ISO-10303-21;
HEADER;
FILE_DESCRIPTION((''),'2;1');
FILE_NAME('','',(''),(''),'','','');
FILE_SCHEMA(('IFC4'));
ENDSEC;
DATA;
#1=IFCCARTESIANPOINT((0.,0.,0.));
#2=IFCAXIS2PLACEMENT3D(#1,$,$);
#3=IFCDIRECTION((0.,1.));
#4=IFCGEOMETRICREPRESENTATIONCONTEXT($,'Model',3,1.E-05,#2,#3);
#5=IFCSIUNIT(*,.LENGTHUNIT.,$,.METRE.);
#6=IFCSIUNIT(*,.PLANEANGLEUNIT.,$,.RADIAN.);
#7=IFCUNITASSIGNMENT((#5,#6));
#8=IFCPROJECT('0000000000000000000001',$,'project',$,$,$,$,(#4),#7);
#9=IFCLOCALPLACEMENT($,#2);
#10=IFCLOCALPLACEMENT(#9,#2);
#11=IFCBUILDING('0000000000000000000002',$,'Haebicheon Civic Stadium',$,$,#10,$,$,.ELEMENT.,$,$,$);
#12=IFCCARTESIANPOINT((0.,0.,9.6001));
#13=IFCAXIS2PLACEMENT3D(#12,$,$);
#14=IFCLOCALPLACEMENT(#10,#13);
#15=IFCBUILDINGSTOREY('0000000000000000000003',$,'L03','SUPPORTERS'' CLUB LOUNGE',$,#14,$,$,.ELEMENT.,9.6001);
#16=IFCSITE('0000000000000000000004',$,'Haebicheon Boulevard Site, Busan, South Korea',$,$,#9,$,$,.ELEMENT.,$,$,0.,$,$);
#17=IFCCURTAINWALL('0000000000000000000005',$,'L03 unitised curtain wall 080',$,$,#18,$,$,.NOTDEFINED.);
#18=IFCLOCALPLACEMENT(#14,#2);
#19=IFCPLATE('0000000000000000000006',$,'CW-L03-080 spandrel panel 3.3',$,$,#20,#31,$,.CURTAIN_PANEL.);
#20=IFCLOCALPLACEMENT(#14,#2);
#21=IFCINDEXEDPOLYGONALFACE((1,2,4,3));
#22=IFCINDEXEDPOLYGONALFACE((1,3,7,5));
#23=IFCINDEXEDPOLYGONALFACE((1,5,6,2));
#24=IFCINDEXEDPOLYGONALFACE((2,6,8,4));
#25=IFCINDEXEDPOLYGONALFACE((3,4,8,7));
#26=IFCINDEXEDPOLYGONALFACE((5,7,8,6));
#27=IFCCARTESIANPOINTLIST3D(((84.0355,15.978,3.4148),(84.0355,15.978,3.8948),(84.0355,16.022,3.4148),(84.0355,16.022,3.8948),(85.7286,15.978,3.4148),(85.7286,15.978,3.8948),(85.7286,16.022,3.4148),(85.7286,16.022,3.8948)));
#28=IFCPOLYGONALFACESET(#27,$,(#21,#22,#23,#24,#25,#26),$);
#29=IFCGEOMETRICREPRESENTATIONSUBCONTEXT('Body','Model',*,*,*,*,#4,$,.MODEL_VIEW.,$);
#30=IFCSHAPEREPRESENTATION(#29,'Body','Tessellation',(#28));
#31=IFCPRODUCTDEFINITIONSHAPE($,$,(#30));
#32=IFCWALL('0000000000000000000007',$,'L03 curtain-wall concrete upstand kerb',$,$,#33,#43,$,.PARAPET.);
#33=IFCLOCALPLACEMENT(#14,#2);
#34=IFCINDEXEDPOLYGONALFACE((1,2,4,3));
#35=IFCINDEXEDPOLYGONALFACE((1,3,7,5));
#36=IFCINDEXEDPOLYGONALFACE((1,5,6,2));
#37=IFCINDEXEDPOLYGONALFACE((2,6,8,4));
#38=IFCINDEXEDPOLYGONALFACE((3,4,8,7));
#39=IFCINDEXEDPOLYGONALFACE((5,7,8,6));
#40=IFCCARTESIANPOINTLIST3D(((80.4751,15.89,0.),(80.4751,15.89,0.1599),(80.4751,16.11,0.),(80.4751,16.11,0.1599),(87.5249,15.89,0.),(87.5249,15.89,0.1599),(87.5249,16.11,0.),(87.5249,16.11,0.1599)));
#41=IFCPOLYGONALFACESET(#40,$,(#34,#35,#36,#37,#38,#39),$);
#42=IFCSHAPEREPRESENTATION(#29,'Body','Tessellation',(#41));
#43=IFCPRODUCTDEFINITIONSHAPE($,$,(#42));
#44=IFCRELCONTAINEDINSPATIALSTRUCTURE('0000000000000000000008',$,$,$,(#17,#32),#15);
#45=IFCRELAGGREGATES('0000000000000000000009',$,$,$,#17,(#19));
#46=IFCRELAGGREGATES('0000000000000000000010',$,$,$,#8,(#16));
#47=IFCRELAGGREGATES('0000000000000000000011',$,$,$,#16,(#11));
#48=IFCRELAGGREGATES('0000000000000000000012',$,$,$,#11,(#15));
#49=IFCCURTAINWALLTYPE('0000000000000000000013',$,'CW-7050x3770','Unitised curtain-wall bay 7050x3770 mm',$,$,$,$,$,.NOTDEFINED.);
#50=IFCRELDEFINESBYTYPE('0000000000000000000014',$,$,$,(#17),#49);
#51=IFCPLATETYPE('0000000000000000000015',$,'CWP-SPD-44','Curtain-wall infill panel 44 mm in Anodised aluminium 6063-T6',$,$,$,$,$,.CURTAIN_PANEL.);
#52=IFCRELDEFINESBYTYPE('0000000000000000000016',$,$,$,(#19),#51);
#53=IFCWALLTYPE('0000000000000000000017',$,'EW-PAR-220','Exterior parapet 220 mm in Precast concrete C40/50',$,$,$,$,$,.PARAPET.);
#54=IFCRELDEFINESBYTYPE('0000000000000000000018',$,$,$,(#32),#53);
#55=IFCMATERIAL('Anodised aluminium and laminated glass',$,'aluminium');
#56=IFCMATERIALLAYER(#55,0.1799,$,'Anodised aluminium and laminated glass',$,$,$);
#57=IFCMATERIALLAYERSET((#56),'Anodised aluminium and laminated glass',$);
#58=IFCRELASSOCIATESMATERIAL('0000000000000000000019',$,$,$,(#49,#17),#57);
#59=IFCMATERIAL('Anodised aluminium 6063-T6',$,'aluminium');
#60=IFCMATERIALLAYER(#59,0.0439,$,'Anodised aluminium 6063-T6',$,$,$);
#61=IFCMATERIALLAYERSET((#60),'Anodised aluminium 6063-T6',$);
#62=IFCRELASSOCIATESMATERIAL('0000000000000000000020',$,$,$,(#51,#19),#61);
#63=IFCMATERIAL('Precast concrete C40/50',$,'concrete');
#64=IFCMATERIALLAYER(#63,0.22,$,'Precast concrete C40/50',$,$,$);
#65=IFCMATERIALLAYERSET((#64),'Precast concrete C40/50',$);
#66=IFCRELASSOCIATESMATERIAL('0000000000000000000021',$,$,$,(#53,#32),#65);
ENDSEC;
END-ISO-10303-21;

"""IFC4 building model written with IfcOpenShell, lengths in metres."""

from ifc_helpers import new_model, si_unit, direction, frame, frame_2d, origin, origin_2d, place, context, subcontext, project, spatial, rectangle, extrude, material, layer, layer_set, type_object, element, aggregate, save


model = new_model("IFC4")

# Units and contexts
model_context = context("Model", 3, precision=1e-05, world=origin(), true_north=direction((0.0, 1.0)))
body_context = subcontext(model_context, "Body", "Model", "MODEL_VIEW")
ifc_project = project(units=[si_unit("LENGTHUNIT", "METRE"), si_unit("PLANEANGLEUNIT", "RADIAN")], contexts=[model_context])

# Site, building, storey
site_placement = place(None, origin())
site = spatial("IfcSite", under=ifc_project, at=site_placement, Name="Haebicheon Boulevard Site, Busan, South Korea", CompositionType="ELEMENT", RefElevation=0.0)
building_placement = place(site_placement, origin())
building = spatial("IfcBuilding", under=site, at=building_placement, Name="Haebicheon Civic Stadium", CompositionType="ELEMENT")
storey_placement = place(building_placement, frame((0.0, 0.0, 9.6001)))
storey = spatial("IfcBuildingStorey", under=building, at=storey_placement, Name="L03", Description="SUPPORTERS' CLUB LOUNGE", CompositionType="ELEMENT", Elevation=9.6001)

# Curtain wall, plate
ifc_material_1 = material(Name="Anodised aluminium and laminated glass", Category="aluminium")
ifc_layer_1 = layer(ifc_material_1, 0.1799, Name="Anodised aluminium and laminated glass")
ifc_layer_set_1 = layer_set([ifc_layer_1], Name="Anodised aluminium and laminated glass")
curtain_wall_type = type_object("IfcCurtainWallType", Name="CW-7050x3770", Description="Unitised curtain-wall bay 7050x3770 mm", PredefinedType="NOTDEFINED", material=ifc_layer_set_1)
curtain_wall_placement = place(storey_placement, origin())
curtain_wall = element("IfcCurtainWall", 1, at=curtain_wall_placement, inside=storey, type_object=curtain_wall_type, material=ifc_layer_set_1, Name="L03 unitised curtain wall 080", PredefinedType="NOTDEFINED")
ifc_material_2 = material(Name="Anodised aluminium 6063-T6", Category="aluminium")
ifc_layer_2 = layer(ifc_material_2, 0.0439, Name="Anodised aluminium 6063-T6")
ifc_layer_set_2 = layer_set([ifc_layer_2], Name="Anodised aluminium 6063-T6")
plate_type_1 = type_object("IfcPlateType", Name="CWP-SPD-44", Description="Curtain-wall infill panel 44 mm in Anodised aluminium 6063-T6", PredefinedType="CURTAIN_PANEL", material=ifc_layer_set_2)
plate_1_placement = place(storey_placement, frame((84.8821, 16.0, 3.4148), z_axis=(0.0, 0.0, 1.0), x_axis=(1.0, 0.0, 0.0)))
plate_1 = element("IfcPlate", 2, at=plate_1_placement, type_object=plate_type_1, material=ifc_layer_set_2, Name="CW-L03-080 spandrel panel 3.3", PredefinedType="CURTAIN_PANEL", context=body_context, shape_type="SweptSolid", body=[
    extrude(rectangle(XDim=1.6931, YDim=0.0439, at=origin_2d()), origin(), (0.0, 0.0, 1.0), 0.48),
])
aggregate(curtain_wall, [plate_1])

# Wall
ifc_material_3 = material(Name="Precast concrete C40/50", Category="concrete")
ifc_layer_3 = layer(ifc_material_3, 0.22, Name="Precast concrete C40/50")
ifc_layer_set_3 = layer_set([ifc_layer_3], Name="Precast concrete C40/50")
wall_type = type_object("IfcWallType", Name="EW-PAR-220", Description="Exterior parapet 220 mm in Precast concrete C40/50", PredefinedType="PARAPET", material=ifc_layer_set_3)
wall_placement = place(storey_placement, frame((80.4751, 16.0, 0.0), z_axis=(0.0, 0.0, 1.0), x_axis=(1.0, 0.0, 0.0)))
element("IfcWall", 3, at=wall_placement, inside=storey, type_object=wall_type, material=ifc_layer_set_3, Name="L03 curtain-wall concrete upstand kerb", PredefinedType="PARAPET", context=body_context, shape_type="SweptSolid", body=[
    extrude(rectangle(XDim=7.0498, YDim=0.22, at=frame_2d((3.5249, 0.0))), origin(), (0.0, 0.0, 1.0), 0.1599),
])

save(model, "model.ifc")
